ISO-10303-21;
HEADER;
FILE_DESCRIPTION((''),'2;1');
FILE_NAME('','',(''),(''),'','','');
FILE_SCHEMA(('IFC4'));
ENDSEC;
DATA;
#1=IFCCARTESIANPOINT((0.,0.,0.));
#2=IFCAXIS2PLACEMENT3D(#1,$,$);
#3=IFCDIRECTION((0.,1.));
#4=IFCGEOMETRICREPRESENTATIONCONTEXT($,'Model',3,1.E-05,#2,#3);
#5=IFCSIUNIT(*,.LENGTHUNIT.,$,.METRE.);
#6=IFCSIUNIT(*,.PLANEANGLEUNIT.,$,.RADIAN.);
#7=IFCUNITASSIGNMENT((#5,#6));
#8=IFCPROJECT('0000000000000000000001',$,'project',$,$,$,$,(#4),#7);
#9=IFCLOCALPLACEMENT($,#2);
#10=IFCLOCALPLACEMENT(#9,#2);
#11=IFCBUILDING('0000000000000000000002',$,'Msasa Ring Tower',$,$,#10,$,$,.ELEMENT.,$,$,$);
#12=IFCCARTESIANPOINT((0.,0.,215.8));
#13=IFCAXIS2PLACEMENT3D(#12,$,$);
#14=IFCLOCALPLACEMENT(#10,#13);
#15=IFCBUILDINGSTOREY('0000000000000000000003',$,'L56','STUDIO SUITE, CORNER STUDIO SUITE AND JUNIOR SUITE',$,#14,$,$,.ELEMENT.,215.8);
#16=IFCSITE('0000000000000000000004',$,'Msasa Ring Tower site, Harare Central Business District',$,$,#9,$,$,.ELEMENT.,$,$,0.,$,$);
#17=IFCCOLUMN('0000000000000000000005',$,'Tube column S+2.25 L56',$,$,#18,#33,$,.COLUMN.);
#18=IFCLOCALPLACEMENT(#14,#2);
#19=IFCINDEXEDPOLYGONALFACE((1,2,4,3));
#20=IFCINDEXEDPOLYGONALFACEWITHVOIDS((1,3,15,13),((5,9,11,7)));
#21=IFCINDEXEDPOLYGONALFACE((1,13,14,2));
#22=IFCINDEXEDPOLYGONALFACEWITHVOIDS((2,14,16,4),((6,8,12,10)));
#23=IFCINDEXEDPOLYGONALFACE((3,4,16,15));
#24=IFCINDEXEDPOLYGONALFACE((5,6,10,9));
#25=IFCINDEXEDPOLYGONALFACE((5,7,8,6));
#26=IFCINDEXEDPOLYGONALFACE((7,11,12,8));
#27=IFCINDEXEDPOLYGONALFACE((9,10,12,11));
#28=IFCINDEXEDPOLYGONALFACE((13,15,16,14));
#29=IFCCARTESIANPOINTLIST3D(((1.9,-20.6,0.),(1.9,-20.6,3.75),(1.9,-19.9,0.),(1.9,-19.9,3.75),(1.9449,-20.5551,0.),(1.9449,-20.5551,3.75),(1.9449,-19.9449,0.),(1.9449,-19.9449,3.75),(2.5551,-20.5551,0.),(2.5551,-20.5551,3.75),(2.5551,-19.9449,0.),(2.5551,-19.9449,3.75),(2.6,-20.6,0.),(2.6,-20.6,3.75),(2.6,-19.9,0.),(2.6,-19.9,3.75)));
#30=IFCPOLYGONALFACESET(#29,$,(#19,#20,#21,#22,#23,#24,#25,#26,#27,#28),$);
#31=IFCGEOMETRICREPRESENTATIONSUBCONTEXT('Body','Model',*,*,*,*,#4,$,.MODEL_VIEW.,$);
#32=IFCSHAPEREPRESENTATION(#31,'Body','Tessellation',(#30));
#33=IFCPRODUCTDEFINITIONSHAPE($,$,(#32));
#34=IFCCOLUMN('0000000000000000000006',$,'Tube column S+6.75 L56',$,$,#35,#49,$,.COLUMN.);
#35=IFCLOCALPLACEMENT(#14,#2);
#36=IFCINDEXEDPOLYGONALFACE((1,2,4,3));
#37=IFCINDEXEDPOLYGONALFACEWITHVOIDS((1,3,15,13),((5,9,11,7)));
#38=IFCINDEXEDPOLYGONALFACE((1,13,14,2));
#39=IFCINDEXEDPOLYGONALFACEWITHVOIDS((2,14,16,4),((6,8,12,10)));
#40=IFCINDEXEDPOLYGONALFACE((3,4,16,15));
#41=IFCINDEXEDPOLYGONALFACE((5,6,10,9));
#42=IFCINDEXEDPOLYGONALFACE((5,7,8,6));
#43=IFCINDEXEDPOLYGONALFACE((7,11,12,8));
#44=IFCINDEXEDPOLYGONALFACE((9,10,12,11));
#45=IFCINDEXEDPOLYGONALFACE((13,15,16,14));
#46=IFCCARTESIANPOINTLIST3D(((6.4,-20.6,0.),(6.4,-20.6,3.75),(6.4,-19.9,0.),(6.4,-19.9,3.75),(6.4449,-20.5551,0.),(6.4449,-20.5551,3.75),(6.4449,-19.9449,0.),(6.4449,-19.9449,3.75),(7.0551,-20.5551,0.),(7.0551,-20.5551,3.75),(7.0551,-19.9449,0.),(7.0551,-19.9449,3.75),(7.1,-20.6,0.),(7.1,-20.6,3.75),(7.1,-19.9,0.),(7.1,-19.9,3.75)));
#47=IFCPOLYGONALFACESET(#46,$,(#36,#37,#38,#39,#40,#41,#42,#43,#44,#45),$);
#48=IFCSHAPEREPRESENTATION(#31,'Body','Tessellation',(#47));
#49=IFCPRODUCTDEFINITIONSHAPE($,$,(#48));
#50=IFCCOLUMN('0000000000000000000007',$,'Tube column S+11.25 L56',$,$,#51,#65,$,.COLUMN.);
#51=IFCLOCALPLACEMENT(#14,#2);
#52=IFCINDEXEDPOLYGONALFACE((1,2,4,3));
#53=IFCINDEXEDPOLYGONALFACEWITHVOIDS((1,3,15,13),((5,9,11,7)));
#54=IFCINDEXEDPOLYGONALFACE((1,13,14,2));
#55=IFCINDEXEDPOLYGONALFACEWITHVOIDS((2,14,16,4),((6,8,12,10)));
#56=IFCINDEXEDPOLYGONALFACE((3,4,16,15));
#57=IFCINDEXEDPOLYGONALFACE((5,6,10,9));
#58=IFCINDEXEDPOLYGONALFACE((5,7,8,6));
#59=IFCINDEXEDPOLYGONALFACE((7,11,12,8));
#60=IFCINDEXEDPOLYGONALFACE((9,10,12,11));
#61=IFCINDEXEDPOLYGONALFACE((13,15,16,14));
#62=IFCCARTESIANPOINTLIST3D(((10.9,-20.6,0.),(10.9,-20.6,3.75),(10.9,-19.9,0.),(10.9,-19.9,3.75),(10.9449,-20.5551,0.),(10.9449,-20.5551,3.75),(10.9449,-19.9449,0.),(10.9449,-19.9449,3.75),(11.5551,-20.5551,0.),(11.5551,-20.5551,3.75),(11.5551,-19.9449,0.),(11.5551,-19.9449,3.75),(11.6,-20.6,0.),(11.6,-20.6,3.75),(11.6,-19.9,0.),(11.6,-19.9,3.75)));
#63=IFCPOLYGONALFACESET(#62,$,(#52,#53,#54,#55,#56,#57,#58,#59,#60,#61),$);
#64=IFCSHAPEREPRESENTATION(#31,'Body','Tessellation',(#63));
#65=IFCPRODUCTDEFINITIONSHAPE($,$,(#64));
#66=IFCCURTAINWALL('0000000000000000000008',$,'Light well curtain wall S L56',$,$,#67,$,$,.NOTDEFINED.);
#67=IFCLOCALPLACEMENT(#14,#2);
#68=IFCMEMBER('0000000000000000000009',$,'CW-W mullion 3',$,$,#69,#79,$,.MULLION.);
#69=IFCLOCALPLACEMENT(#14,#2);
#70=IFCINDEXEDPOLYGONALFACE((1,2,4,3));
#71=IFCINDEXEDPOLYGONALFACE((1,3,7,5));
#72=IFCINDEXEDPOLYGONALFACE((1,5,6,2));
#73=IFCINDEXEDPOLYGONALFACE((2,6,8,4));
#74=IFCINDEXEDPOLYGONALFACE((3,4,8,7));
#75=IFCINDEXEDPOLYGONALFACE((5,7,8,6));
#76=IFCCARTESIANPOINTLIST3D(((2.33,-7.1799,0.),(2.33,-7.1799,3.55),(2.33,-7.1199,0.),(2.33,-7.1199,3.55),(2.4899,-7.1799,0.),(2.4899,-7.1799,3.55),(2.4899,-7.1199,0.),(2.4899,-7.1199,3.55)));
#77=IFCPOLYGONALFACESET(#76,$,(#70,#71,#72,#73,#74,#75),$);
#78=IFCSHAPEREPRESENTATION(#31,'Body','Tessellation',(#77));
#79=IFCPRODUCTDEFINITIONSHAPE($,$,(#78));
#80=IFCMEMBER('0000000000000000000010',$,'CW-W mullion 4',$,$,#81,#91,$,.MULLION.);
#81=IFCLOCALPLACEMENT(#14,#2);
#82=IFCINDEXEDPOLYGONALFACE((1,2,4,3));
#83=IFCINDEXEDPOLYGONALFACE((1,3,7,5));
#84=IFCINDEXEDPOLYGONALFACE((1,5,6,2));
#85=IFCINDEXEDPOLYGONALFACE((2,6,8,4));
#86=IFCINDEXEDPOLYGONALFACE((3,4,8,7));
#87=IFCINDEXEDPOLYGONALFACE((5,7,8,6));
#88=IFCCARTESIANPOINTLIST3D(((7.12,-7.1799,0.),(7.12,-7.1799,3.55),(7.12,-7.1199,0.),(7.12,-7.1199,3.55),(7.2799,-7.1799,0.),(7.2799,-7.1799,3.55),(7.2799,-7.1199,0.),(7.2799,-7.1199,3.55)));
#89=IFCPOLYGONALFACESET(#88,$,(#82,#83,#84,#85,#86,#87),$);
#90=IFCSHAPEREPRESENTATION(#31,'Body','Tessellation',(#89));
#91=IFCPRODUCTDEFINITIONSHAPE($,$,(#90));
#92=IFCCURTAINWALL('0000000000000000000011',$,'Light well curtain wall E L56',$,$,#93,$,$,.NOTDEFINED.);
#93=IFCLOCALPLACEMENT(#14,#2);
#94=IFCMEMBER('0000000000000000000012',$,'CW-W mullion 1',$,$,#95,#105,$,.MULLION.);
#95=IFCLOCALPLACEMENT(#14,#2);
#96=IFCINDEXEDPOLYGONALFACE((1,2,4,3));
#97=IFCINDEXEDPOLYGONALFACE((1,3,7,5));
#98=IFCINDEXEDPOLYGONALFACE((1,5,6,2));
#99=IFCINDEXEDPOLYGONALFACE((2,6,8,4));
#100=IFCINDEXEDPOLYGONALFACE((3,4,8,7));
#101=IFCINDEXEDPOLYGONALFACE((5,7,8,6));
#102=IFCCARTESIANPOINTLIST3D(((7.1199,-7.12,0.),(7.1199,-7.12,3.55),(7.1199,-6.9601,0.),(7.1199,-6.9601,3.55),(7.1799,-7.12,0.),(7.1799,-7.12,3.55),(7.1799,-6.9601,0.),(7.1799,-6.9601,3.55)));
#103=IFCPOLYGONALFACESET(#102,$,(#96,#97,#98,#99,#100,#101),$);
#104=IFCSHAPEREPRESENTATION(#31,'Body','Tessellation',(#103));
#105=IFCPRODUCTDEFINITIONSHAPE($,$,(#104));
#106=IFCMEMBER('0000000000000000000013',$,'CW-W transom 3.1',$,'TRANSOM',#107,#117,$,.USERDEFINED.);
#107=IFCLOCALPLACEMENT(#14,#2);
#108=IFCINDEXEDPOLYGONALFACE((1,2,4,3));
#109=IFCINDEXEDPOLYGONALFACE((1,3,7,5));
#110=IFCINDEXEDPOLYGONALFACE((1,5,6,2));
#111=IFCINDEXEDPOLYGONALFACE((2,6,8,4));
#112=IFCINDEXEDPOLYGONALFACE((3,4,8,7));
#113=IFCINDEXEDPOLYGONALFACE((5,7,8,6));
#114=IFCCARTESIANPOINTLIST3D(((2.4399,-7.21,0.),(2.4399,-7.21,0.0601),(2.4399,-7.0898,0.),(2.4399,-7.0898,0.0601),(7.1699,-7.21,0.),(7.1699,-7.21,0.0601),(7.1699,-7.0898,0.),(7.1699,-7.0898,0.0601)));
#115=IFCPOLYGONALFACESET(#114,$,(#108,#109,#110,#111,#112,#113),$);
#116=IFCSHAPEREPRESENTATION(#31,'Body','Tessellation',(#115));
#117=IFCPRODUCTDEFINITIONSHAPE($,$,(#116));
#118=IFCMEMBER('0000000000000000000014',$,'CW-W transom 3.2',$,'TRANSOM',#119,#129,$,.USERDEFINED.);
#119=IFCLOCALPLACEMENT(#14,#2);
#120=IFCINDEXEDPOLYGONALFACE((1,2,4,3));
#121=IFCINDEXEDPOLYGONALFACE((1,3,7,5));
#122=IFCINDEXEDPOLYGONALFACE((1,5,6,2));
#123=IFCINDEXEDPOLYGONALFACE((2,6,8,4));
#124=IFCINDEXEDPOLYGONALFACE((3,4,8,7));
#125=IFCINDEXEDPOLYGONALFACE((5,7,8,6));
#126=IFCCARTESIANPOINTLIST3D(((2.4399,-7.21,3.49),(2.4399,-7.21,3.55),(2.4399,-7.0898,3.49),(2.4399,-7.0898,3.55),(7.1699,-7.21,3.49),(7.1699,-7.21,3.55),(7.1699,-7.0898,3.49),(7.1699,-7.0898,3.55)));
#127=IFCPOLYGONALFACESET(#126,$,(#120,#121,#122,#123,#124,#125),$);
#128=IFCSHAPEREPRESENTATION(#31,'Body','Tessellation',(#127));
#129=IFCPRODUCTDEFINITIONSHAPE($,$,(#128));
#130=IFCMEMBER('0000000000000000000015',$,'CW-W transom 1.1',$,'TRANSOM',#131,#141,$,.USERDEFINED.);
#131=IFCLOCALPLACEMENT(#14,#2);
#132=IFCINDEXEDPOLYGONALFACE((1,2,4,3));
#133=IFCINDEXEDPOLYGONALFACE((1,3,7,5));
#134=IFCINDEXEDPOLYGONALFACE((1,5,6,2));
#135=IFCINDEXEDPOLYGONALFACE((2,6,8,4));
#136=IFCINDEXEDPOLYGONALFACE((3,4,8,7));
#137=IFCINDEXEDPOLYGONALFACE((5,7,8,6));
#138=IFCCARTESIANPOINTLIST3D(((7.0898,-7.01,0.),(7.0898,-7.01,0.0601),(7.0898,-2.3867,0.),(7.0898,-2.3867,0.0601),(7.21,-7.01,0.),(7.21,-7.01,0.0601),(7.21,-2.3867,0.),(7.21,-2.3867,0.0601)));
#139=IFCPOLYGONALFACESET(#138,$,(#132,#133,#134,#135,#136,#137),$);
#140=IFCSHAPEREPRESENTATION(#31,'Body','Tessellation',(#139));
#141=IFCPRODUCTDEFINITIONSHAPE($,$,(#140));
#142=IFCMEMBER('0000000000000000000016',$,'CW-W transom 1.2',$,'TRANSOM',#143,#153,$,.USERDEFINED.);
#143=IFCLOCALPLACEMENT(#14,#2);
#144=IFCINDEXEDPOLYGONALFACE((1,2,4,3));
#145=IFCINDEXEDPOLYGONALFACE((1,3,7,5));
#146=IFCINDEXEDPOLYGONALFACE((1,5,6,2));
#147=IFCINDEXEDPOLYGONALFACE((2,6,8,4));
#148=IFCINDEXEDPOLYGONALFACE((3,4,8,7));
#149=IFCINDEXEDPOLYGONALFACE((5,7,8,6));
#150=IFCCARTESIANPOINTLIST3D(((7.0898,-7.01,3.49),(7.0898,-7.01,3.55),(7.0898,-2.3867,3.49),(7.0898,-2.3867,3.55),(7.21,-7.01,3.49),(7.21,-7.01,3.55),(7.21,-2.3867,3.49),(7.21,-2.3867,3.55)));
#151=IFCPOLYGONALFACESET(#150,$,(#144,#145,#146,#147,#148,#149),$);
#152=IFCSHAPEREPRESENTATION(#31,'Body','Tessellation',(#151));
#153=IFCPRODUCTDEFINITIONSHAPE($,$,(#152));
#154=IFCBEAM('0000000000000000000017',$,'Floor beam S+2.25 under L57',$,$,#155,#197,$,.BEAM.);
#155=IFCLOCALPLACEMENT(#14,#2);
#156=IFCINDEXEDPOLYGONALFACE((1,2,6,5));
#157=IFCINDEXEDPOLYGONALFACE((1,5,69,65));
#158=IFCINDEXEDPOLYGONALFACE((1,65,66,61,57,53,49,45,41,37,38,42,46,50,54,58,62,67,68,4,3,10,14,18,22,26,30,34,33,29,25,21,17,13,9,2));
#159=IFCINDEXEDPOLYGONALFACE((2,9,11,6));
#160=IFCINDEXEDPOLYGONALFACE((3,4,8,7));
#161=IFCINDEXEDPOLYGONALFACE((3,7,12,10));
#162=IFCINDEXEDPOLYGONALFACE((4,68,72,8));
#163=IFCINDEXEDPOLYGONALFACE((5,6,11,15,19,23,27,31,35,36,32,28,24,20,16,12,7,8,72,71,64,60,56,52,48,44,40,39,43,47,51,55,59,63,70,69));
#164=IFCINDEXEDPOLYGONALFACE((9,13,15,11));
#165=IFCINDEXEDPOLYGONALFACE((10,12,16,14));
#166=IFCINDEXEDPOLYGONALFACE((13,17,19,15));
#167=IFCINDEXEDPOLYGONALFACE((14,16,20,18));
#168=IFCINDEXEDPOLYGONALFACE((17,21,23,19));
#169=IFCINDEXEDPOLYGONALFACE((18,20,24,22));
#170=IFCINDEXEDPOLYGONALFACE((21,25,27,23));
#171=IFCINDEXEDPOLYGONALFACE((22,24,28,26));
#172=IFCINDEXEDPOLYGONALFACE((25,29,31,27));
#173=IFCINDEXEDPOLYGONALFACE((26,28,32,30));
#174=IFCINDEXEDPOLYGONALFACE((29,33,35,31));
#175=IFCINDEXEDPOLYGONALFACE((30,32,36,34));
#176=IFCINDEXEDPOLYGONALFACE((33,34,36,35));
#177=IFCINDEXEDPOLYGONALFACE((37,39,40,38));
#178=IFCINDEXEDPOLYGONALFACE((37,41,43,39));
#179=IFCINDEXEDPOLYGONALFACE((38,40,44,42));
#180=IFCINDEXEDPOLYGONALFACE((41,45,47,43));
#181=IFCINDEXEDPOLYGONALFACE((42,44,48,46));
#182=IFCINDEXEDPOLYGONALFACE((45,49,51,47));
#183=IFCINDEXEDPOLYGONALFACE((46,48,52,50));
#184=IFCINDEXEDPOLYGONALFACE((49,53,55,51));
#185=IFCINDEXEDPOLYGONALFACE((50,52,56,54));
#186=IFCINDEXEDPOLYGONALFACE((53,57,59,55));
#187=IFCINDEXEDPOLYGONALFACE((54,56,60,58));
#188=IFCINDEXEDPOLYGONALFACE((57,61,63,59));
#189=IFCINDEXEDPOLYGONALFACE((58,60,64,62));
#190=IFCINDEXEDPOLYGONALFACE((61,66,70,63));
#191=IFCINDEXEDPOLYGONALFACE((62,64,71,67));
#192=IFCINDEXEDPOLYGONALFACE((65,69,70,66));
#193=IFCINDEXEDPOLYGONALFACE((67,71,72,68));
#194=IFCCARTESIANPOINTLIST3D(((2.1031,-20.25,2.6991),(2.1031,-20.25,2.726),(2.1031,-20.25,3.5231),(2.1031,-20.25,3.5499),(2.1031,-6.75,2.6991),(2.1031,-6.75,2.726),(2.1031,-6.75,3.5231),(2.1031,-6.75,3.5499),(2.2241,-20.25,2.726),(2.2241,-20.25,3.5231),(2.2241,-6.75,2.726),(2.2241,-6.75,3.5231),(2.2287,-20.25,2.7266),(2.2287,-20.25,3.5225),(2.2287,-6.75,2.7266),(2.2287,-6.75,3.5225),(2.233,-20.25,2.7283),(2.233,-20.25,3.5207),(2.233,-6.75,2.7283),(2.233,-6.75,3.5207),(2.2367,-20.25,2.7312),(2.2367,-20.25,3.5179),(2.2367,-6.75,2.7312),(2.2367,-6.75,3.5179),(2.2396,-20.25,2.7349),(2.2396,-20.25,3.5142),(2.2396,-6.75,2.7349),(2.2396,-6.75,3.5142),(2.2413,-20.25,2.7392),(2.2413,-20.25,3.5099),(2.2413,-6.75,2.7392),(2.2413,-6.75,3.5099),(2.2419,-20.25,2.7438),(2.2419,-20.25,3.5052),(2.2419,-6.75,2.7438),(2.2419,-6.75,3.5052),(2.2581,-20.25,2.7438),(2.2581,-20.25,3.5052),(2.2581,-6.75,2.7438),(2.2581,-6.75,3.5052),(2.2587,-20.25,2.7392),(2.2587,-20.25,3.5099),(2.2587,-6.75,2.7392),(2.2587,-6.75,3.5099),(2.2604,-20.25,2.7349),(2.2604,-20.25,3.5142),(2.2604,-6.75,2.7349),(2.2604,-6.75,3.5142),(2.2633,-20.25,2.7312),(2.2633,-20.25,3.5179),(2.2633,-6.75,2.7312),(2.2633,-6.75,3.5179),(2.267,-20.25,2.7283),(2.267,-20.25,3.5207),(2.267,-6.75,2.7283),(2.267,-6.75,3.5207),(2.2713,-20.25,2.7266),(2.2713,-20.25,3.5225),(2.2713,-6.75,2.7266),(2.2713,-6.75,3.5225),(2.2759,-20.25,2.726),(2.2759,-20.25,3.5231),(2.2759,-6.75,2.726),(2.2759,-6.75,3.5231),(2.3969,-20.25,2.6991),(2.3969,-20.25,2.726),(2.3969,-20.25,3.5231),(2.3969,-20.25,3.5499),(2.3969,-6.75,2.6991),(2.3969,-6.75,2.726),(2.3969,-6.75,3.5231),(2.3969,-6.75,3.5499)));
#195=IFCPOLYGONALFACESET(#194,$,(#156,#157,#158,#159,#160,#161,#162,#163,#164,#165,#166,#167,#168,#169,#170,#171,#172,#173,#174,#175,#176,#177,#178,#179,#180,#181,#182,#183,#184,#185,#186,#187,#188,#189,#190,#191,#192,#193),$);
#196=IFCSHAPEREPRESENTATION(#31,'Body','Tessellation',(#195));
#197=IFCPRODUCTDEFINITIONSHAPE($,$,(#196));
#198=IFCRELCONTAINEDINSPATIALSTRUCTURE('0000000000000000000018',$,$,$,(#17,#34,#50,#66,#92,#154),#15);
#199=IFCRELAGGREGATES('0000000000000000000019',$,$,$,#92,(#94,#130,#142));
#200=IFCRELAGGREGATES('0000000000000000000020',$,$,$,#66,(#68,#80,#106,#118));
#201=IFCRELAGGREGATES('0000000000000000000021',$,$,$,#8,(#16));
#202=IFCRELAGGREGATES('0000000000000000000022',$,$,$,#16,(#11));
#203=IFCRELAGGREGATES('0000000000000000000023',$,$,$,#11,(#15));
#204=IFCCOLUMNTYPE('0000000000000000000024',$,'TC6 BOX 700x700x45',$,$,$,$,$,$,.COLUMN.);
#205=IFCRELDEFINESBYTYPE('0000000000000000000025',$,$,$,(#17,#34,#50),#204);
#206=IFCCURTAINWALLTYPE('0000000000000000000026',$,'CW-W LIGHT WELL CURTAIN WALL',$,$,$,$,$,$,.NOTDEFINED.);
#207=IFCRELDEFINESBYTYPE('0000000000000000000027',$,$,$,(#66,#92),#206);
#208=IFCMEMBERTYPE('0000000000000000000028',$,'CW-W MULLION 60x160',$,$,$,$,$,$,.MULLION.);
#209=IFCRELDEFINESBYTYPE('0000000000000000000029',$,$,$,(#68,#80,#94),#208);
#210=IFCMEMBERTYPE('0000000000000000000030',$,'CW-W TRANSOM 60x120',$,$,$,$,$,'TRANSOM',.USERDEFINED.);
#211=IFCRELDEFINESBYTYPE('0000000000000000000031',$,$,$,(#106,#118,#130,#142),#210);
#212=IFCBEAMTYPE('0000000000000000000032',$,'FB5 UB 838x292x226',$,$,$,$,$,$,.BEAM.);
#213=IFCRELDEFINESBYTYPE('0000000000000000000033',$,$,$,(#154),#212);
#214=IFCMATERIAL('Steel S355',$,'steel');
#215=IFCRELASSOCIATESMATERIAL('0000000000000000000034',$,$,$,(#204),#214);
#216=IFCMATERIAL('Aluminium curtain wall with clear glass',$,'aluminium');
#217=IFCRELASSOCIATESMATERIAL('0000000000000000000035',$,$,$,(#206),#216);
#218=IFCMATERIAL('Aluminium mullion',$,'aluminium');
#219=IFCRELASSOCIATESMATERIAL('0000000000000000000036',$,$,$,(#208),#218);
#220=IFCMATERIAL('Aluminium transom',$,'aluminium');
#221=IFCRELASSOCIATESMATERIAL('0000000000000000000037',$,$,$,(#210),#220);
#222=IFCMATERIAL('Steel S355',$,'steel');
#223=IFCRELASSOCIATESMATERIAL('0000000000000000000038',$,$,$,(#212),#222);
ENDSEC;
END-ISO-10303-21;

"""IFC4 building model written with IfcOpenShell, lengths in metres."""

from ifc_helpers import new_model, si_unit, direction, frame, origin, origin_2d, place, context, subcontext, project, spatial, rectangle, hollow_rectangle, i_section, extrude, material, material_profile, profile_set, type_object, element, aggregate, save


model = new_model("IFC4")

# Units and contexts
model_context = context("Model", 3, precision=1e-05, world=origin(), true_north=direction((0.0, 1.0)))
body_context = subcontext(model_context, "Body", "Model", "MODEL_VIEW")
ifc_project = project(units=[si_unit("LENGTHUNIT", "METRE"), si_unit("PLANEANGLEUNIT", "RADIAN")], contexts=[model_context])

# Site, building, storey
site_placement = place(None, origin())
site = spatial("IfcSite", under=ifc_project, at=site_placement, Name="Msasa Ring Tower site, Harare Central Business District", CompositionType="ELEMENT", RefElevation=0.0)
building_placement = place(site_placement, origin())
building = spatial("IfcBuilding", under=site, at=building_placement, Name="Msasa Ring Tower", CompositionType="ELEMENT")
storey_placement = place(building_placement, frame((0.0, 0.0, 215.8)))
storey = spatial("IfcBuildingStorey", under=building, at=storey_placement, Name="L56", Description="STUDIO SUITE, CORNER STUDIO SUITE AND JUNIOR SUITE", CompositionType="ELEMENT", Elevation=215.8)

# Columns
ifc_material_1 = material(Name="Steel S355", Category="steel")
ifc_material_profile_1 = material_profile(ifc_material_1, hollow_rectangle(XDim=0.7, YDim=0.7, WallThickness=0.0449, at=origin_2d()), Name="BOX 700x700x45")
ifc_profile_set_1 = profile_set([ifc_material_profile_1], Name="Steel S355")
column_type = type_object("IfcColumnType", Name="TC6 BOX 700x700x45", PredefinedType="COLUMN", material=ifc_profile_set_1)
for number, where, z_axis, x_axis, name in (
    (1, (2.25, -20.25, 0.0), (0.0, 0.0, 1.0), (0.0, 1.0, 0.0), "Tube column S+2.25 L56"),
    (2, (6.75, -20.25, 0.0), (0.0, 0.0, 1.0), (0.0, 1.0, 0.0), "Tube column S+6.75 L56"),
    (3, (11.25, -20.25, 0.0), (0.0, 0.0, 1.0), (0.0, 1.0, 0.0), "Tube column S+11.25 L56"),
):
    element("IfcColumn", number, at=place(storey_placement, frame(where, z_axis=z_axis, x_axis=x_axis)), inside=storey, type_object=column_type, Name=name, PredefinedType="COLUMN", context=body_context, shape_type="SweptSolid", body=[
        extrude(hollow_rectangle(XDim=0.7, YDim=0.7, WallThickness=0.0449, at=origin_2d()), origin(), (0.0, 0.0, 1.0), 3.75),
    ])

# Curtain wall, members
ifc_material_2 = material(Name="Aluminium curtain wall with clear glass", Category="aluminium")
curtain_wall_type = type_object("IfcCurtainWallType", Name="CW-W LIGHT WELL CURTAIN WALL", PredefinedType="NOTDEFINED", material=ifc_material_2)
curtain_wall_1_placement = place(storey_placement, origin())
curtain_wall_1 = element("IfcCurtainWall", 4, at=curtain_wall_1_placement, inside=storey, type_object=curtain_wall_type, Name="Light well curtain wall S L56", PredefinedType="NOTDEFINED")
ifc_material_3 = material(Name="Aluminium mullion", Category="aluminium")
ifc_material_profile_2 = material_profile(ifc_material_3, rectangle(XDim=0.0601, YDim=0.1599, at=origin_2d()), Name="AL 60x160")
ifc_profile_set_2 = profile_set([ifc_material_profile_2], Name="Aluminium mullion")
member_type_1 = type_object("IfcMemberType", Name="CW-W MULLION 60x160", PredefinedType="MULLION", material=ifc_profile_set_2)
member_1_placement = place(storey_placement, frame((2.4099, -7.1499, 0.0), z_axis=(0.0, 0.0, 1.0), x_axis=(0.0, 1.0, 0.0)))
member_1 = element("IfcMember", 5, at=member_1_placement, type_object=member_type_1, Name="CW-W mullion 3", PredefinedType="MULLION", context=body_context, shape_type="SweptSolid", body=[
    extrude(rectangle(XDim=0.0601, YDim=0.1599, at=origin_2d()), origin(), (0.0, 0.0, 1.0), 3.55),
])
member_2_placement = place(storey_placement, frame((7.2, -7.1499, 0.0), z_axis=(0.0, 0.0, 1.0), x_axis=(0.0, 1.0, 0.0)))
member_2 = element("IfcMember", 6, at=member_2_placement, type_object=member_type_1, Name="CW-W mullion 4", PredefinedType="MULLION", context=body_context, shape_type="SweptSolid", body=[
    extrude(rectangle(XDim=0.0601, YDim=0.1599, at=origin_2d()), origin(), (0.0, 0.0, 1.0), 3.55),
])

# Curtain wall, member
curtain_wall_2_placement = place(storey_placement, origin())
curtain_wall_2 = element("IfcCurtainWall", 7, at=curtain_wall_2_placement, inside=storey, type_object=curtain_wall_type, Name="Light well curtain wall E L56", PredefinedType="NOTDEFINED")
member_3_placement = place(storey_placement, frame((7.1499, -7.04, 0.0), z_axis=(0.0, 0.0, 1.0), x_axis=(-1.0, 0.0, 0.0)))
member_3 = element("IfcMember", 8, at=member_3_placement, type_object=member_type_1, Name="CW-W mullion 1", PredefinedType="MULLION", context=body_context, shape_type="SweptSolid", body=[
    extrude(rectangle(XDim=0.0601, YDim=0.1599, at=origin_2d()), origin(), (0.0, 0.0, 1.0), 3.55),
])

# Members
ifc_material_4 = material(Name="Aluminium transom", Category="aluminium")
ifc_material_profile_3 = material_profile(ifc_material_4, rectangle(XDim=0.1201, YDim=0.0601, at=origin_2d()), Name="AL 60x120")
ifc_profile_set_3 = profile_set([ifc_material_profile_3], Name="Aluminium transom")
member_type_2 = type_object("IfcMemberType", Name="CW-W TRANSOM 60x120", ElementType="TRANSOM", PredefinedType="USERDEFINED", material=ifc_profile_set_3)
member_4_placement = place(storey_placement, frame((2.4399, -7.1499, 0.03), z_axis=(1.0, 0.0, 0.0), x_axis=(0.0, 1.0, 0.0)))
member_4 = element("IfcMember", 9, at=member_4_placement, type_object=member_type_2, Name="CW-W transom 3.1", ObjectType="TRANSOM", PredefinedType="USERDEFINED", context=body_context, shape_type="SweptSolid", body=[
    extrude(rectangle(XDim=0.1201, YDim=0.0601, at=origin_2d()), origin(), (0.0, 0.0, 1.0), 4.73),
])
member_5_placement = place(storey_placement, frame((2.4399, -7.1499, 3.52), z_axis=(1.0, 0.0, 0.0), x_axis=(0.0, 1.0, 0.0)))
member_5 = element("IfcMember", 10, at=member_5_placement, type_object=member_type_2, Name="CW-W transom 3.2", ObjectType="TRANSOM", PredefinedType="USERDEFINED", context=body_context, shape_type="SweptSolid", body=[
    extrude(rectangle(XDim=0.1201, YDim=0.0601, at=origin_2d()), origin(), (0.0, 0.0, 1.0), 4.73),
])
member_6_placement = place(storey_placement, frame((7.1499, -7.01, 0.03), z_axis=(0.0, 1.0, 0.0), x_axis=(-1.0, 0.0, 0.0)))
member_6 = element("IfcMember", 11, at=member_6_placement, type_object=member_type_2, Name="CW-W transom 1.1", ObjectType="TRANSOM", PredefinedType="USERDEFINED", context=body_context, shape_type="SweptSolid", body=[
    extrude(rectangle(XDim=0.1201, YDim=0.0601, at=origin_2d()), origin(), (0.0, 0.0, 1.0), 4.6233),
])
member_7_placement = place(storey_placement, frame((7.1499, -7.01, 3.52), z_axis=(0.0, 1.0, 0.0), x_axis=(-1.0, 0.0, 0.0)))
member_7 = element("IfcMember", 12, at=member_7_placement, type_object=member_type_2, Name="CW-W transom 1.2", ObjectType="TRANSOM", PredefinedType="USERDEFINED", context=body_context, shape_type="SweptSolid", body=[
    extrude(rectangle(XDim=0.1201, YDim=0.0601, at=origin_2d()), origin(), (0.0, 0.0, 1.0), 4.6233),
])
aggregate(curtain_wall_2, [member_3, member_6, member_7])

# Beam
ifc_material_5 = material(Name="Steel S355", Category="steel")
ifc_material_profile_4 = material_profile(ifc_material_5, i_section(OverallWidth=0.2937, OverallDepth=0.8508, WebThickness=0.0161, FlangeThickness=0.0269, FilletRadius=0.0178, at=origin_2d()), Name="UB 838x292x226")
ifc_profile_set_4 = profile_set([ifc_material_profile_4], Name="Steel S355")
beam_type_1 = type_object("IfcBeamType", Name="FB5 UB 838x292x226", PredefinedType="BEAM", material=ifc_profile_set_4)
for number, where, z_axis, x_axis, name in (
    (13, (2.25, -20.25, 3.1245), (0.0, 1.0, 0.0), (-1.0, 0.0, 0.0), "Floor beam S+2.25 under L57"),
):
    element("IfcBeam", number, at=place(storey_placement, frame(where, z_axis=z_axis, x_axis=x_axis)), inside=storey, type_object=beam_type_1, Name=name, PredefinedType="BEAM", context=body_context, shape_type="SweptSolid", body=[
        extrude(i_section(OverallWidth=0.2937, OverallDepth=0.8508, WebThickness=0.0161, FlangeThickness=0.0269, FilletRadius=0.0178, at=origin_2d()), origin(), (0.0, 0.0, 1.0), 13.5),
    ])

aggregate(curtain_wall_1, [member_1, member_2, member_4, member_5])

save(model, "model.ifc")
